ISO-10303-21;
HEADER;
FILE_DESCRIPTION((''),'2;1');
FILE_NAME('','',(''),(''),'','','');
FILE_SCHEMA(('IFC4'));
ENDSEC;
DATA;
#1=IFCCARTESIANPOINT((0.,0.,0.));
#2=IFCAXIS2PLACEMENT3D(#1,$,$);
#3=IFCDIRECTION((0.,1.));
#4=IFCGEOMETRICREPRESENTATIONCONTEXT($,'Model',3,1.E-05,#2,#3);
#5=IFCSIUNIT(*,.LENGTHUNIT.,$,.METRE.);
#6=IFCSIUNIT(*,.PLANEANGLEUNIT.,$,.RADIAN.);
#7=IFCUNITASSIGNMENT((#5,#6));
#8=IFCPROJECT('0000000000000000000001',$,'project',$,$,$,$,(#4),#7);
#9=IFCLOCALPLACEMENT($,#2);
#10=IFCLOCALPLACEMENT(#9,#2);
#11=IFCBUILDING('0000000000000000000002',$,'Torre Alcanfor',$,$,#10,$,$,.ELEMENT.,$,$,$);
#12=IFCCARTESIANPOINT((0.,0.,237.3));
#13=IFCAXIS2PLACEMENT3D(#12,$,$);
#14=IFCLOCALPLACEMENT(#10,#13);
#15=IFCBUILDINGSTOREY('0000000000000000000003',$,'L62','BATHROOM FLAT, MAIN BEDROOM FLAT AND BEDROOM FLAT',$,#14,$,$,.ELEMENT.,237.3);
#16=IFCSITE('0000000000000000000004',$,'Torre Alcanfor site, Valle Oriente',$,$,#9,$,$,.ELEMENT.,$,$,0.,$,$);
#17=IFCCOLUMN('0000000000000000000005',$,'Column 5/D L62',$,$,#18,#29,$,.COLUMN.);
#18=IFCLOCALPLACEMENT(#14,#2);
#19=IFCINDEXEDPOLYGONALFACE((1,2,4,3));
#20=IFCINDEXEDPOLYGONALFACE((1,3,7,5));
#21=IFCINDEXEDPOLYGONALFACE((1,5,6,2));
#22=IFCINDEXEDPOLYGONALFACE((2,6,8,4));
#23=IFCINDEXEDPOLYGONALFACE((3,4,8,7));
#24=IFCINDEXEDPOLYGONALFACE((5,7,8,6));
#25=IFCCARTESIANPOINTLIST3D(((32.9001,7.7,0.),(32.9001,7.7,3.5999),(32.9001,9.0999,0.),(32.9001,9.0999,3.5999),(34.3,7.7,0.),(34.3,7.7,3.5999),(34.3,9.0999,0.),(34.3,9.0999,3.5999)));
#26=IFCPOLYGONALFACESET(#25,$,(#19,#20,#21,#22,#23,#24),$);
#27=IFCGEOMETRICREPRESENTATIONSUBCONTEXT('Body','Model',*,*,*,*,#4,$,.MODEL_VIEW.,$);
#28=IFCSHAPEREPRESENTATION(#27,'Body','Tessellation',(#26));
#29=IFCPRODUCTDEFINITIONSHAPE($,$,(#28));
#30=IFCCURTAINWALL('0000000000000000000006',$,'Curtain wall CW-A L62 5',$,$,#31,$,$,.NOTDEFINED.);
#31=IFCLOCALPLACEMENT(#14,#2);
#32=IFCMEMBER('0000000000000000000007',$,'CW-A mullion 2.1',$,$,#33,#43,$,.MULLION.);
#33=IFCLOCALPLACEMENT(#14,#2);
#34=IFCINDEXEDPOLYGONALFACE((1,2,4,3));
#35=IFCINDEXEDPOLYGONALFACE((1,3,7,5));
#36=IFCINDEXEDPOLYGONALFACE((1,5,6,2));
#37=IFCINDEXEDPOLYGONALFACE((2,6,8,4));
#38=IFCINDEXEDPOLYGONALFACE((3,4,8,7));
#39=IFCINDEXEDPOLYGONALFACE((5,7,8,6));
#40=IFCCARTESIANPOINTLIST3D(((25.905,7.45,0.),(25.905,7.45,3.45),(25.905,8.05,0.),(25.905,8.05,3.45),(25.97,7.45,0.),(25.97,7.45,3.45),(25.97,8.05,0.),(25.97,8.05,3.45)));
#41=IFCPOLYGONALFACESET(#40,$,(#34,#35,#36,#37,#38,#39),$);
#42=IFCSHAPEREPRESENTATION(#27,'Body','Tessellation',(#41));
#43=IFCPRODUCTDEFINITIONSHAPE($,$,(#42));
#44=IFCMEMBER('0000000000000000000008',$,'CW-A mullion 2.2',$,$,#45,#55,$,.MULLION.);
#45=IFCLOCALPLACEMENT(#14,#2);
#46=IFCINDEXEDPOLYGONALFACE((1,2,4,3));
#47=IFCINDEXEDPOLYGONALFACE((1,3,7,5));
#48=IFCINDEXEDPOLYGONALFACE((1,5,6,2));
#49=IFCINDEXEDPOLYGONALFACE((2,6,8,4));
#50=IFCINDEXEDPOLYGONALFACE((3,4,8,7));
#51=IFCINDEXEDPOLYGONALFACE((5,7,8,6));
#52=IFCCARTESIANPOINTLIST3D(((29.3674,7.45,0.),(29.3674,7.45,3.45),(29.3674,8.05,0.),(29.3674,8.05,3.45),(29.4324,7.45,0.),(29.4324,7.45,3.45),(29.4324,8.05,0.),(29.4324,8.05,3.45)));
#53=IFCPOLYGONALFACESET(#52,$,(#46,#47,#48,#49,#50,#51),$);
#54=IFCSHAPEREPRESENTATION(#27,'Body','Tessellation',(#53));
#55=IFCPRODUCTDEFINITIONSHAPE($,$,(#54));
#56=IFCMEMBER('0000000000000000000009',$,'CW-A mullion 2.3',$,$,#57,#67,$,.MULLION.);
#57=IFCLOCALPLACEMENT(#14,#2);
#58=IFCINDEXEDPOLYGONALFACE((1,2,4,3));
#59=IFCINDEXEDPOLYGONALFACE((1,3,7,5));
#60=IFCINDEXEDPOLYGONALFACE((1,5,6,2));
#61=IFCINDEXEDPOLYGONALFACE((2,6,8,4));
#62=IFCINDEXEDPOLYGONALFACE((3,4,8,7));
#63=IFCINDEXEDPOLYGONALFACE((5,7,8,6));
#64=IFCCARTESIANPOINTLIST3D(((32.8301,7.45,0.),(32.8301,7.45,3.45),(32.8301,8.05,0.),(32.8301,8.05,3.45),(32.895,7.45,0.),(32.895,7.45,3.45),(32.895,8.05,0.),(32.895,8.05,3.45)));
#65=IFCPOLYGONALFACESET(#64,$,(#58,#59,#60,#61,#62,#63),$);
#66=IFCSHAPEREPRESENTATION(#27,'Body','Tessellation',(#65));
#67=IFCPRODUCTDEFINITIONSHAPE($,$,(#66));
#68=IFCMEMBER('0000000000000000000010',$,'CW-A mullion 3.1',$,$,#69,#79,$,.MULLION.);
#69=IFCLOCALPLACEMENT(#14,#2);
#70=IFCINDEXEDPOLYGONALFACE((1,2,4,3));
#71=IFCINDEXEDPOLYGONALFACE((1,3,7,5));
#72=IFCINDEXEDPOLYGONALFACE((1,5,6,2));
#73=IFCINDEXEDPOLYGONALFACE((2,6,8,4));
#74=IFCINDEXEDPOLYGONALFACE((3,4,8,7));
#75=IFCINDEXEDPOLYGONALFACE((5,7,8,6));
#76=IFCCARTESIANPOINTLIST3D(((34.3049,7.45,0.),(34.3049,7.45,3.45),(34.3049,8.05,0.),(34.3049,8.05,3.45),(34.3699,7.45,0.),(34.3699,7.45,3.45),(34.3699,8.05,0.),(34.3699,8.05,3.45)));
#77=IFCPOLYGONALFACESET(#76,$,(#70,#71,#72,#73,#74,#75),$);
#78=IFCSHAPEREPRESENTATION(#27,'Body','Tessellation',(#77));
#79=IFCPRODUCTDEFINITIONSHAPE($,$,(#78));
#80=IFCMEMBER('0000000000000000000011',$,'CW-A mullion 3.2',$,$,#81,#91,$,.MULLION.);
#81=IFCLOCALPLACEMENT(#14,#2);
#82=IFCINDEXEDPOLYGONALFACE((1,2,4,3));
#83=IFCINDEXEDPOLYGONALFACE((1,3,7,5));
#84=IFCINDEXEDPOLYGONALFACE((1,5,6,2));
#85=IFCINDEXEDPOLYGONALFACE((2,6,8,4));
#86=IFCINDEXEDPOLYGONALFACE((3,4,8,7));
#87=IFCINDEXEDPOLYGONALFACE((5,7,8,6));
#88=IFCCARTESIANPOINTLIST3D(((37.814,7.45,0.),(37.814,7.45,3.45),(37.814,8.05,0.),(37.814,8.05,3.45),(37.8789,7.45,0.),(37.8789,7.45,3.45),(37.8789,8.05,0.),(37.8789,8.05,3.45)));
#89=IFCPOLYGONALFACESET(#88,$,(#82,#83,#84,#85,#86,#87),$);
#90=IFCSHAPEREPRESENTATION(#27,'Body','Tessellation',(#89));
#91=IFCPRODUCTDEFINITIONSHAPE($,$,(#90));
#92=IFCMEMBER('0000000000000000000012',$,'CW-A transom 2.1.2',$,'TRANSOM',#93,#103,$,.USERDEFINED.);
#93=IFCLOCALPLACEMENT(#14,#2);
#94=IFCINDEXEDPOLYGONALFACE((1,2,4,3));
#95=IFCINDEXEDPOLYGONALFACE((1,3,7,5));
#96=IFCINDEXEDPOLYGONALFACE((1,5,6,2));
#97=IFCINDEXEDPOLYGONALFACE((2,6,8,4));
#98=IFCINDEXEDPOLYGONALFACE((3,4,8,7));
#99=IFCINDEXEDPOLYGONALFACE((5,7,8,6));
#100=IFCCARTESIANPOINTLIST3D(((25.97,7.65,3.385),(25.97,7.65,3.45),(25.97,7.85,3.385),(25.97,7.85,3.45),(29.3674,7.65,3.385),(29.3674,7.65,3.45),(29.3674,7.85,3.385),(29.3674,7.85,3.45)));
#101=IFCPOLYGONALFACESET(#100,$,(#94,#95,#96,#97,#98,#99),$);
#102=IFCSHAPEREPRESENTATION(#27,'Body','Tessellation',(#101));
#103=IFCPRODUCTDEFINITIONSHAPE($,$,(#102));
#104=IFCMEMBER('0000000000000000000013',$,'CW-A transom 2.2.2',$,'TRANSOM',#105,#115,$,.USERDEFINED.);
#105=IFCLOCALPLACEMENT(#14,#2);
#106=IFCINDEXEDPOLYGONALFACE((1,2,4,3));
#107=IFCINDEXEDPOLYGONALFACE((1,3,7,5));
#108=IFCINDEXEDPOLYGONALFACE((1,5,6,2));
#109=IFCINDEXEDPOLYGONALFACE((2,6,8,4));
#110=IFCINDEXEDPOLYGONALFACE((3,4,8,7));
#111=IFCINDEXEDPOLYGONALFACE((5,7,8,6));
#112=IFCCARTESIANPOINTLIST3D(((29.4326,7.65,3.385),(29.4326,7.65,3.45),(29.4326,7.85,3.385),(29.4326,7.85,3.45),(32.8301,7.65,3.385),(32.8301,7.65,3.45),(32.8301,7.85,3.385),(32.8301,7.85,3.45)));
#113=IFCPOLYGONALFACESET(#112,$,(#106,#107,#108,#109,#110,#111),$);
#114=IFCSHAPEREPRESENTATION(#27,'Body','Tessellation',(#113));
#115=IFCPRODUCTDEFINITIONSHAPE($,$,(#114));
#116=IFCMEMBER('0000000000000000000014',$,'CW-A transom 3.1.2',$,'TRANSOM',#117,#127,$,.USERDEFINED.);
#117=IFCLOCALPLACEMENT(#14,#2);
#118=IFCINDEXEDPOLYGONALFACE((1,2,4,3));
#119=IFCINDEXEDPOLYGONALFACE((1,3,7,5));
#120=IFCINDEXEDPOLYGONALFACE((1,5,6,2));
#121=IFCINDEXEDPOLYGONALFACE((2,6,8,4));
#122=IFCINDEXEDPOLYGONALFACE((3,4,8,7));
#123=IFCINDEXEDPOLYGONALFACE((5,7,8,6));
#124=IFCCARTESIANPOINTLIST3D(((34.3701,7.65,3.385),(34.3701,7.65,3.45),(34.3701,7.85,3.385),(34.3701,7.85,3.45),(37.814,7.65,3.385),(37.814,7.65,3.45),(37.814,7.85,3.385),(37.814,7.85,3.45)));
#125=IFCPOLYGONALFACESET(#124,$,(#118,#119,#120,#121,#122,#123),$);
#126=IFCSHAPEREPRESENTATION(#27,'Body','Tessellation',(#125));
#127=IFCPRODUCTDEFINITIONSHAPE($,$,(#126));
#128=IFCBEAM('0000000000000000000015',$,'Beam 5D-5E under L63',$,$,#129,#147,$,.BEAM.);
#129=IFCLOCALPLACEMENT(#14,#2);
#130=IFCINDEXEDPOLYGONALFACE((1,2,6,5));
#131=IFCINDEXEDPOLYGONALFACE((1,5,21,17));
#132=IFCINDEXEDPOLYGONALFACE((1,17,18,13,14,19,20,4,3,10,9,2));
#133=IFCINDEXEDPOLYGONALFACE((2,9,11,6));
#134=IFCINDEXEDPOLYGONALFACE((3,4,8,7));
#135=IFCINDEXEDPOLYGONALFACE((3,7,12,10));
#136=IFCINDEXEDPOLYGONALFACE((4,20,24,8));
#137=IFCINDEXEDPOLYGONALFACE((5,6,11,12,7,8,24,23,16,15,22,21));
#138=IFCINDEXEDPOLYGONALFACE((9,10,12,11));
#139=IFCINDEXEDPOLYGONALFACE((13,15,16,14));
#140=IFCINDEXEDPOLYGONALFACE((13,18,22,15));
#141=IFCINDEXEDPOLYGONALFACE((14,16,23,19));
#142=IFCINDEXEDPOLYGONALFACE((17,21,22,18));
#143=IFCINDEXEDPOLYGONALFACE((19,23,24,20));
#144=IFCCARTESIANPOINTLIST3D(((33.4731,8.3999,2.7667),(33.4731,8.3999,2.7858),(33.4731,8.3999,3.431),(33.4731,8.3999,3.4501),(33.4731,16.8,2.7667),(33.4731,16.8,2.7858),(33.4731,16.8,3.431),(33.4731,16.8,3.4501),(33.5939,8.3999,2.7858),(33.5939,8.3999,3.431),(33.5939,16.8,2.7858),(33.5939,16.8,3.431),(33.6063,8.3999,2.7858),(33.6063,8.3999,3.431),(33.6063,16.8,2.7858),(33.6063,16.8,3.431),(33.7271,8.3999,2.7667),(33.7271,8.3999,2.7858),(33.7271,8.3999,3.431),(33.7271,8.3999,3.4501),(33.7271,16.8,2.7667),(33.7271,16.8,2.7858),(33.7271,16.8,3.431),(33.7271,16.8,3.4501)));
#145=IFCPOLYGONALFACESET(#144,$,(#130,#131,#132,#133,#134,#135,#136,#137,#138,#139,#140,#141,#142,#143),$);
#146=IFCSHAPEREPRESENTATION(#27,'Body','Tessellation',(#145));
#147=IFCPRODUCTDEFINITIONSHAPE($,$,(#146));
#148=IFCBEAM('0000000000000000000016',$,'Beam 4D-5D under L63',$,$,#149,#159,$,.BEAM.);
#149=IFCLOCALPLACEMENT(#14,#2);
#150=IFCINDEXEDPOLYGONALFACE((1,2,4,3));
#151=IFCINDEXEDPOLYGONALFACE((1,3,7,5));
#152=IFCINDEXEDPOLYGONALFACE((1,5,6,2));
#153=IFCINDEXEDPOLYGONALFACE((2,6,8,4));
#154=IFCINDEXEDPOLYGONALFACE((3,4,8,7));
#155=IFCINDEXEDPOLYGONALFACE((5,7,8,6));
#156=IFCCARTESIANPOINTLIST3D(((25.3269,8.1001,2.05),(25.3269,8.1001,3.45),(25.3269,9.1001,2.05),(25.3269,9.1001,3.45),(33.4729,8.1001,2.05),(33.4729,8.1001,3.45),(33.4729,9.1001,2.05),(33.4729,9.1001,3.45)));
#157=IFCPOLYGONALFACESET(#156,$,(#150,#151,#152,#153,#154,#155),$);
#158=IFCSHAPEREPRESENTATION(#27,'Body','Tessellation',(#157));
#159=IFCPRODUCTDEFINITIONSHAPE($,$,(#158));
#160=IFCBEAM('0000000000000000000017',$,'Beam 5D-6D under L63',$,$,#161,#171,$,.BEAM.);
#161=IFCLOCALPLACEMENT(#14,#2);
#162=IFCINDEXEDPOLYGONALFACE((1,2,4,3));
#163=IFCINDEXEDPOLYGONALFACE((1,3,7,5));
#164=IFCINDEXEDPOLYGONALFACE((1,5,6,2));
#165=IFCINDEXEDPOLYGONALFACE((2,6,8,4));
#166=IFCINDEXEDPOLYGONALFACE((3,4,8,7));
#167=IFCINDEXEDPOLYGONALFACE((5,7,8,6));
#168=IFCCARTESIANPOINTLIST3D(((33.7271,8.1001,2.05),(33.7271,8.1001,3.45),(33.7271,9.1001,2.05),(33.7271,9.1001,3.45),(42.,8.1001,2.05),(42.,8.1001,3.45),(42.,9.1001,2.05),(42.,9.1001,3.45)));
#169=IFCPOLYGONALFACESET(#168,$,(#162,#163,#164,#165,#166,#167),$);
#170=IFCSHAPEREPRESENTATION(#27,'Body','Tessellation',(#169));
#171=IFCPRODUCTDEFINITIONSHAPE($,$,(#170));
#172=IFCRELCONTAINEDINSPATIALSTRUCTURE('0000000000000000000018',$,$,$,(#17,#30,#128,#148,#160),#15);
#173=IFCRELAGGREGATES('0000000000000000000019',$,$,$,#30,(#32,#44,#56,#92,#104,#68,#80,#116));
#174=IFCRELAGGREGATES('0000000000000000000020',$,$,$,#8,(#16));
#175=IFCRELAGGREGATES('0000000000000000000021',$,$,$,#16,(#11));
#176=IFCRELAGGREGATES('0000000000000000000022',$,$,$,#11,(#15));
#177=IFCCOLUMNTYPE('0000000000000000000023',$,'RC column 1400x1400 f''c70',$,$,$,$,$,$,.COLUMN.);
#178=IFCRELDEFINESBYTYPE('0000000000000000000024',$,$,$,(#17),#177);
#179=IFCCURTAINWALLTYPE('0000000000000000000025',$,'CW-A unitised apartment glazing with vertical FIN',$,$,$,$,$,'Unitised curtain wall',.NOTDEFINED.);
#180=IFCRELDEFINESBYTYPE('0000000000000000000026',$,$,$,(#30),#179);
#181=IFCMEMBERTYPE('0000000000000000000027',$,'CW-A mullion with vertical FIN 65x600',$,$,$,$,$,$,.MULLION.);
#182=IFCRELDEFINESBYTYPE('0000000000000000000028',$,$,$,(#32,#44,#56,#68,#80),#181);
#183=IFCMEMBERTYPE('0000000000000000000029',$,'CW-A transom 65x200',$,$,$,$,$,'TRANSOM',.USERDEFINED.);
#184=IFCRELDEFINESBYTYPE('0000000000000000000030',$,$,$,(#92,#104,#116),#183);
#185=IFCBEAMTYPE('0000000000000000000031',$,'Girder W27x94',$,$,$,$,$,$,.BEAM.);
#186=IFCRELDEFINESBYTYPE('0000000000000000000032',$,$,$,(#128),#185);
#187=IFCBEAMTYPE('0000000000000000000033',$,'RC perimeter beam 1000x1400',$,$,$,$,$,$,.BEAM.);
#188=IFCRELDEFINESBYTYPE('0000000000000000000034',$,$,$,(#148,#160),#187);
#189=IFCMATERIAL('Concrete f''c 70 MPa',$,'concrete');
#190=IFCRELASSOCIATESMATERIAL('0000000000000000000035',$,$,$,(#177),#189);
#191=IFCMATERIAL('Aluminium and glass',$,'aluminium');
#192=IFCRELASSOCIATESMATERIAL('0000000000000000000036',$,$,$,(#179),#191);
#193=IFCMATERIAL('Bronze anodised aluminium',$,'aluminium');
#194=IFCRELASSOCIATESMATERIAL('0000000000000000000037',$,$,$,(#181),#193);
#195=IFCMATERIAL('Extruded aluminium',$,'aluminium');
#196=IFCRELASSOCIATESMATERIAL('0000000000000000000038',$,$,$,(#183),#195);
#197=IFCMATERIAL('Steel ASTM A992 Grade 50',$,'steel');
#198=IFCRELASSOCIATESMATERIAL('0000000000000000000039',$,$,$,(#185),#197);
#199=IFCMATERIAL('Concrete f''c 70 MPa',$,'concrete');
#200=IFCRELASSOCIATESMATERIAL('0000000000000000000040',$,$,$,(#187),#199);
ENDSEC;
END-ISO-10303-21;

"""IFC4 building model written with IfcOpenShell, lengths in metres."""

from ifc_helpers import new_model, si_unit, direction, frame, origin, origin_2d, place, context, subcontext, project, spatial, rectangle, i_section, extrude, material, material_profile, profile_set, type_object, element, aggregate, save


model = new_model("IFC4")

# Units and contexts
model_context = context("Model", 3, precision=1e-05, world=origin(), true_north=direction((0.0, 1.0)))
body_context = subcontext(model_context, "Body", "Model", "MODEL_VIEW")
ifc_project = project(units=[si_unit("LENGTHUNIT", "METRE"), si_unit("PLANEANGLEUNIT", "RADIAN")], contexts=[model_context])

# Site, building, storey
site_placement = place(None, origin())
site = spatial("IfcSite", under=ifc_project, at=site_placement, Name="Torre Alcanfor site, Valle Oriente", CompositionType="ELEMENT", RefElevation=0.0)
building_placement = place(site_placement, origin())
building = spatial("IfcBuilding", under=site, at=building_placement, Name="Torre Alcanfor", CompositionType="ELEMENT")
storey_placement = place(building_placement, frame((0.0, 0.0, 237.3)))
storey = spatial("IfcBuildingStorey", under=building, at=storey_placement, Name="L62", Description="BATHROOM FLAT, MAIN BEDROOM FLAT AND BEDROOM FLAT", CompositionType="ELEMENT", Elevation=237.3)

# Column
ifc_material_1 = material(Name="Concrete f'c 70 MPa", Category="concrete")
ifc_material_profile_1 = material_profile(ifc_material_1, rectangle(XDim=1.3999, YDim=1.3999, at=origin_2d()), Name="1400x1400")
ifc_profile_set_1 = profile_set([ifc_material_profile_1], Name="Concrete f'c 70 MPa")
column_type = type_object("IfcColumnType", Name="RC column 1400x1400 f'c70", PredefinedType="COLUMN", material=ifc_profile_set_1)
column_placement = place(storey_placement, frame((33.6001, 8.3999, 0.0), z_axis=(0.0, 0.0, 1.0), x_axis=(1.0, 0.0, 0.0)))
element("IfcColumn", 1, at=column_placement, inside=storey, type_object=column_type, Name="Column 5/D L62", PredefinedType="COLUMN", context=body_context, shape_type="SweptSolid", body=[
    extrude(rectangle(XDim=1.3999, YDim=1.3999, at=origin_2d()), origin(), (0.0, 0.0, 1.0), 3.5999),
])

# Curtain wall, members
ifc_material_2 = material(Name="Aluminium and glass", Category="aluminium")
curtain_wall_type = type_object("IfcCurtainWallType", Name="CW-A unitised apartment glazing with vertical FIN", ElementType="Unitised curtain wall", PredefinedType="NOTDEFINED", material=ifc_material_2)
curtain_wall_placement = place(storey_placement, origin())
curtain_wall = element("IfcCurtainWall", 2, at=curtain_wall_placement, inside=storey, type_object=curtain_wall_type, Name="Curtain wall CW-A L62 5", PredefinedType="NOTDEFINED")
ifc_material_3 = material(Name="Bronze anodised aluminium", Category="aluminium")
ifc_material_profile_2 = material_profile(ifc_material_3, rectangle(XDim=0.6001, YDim=0.0649, at=origin_2d()), Name="CW-A mullion 65x600")
ifc_profile_set_2 = profile_set([ifc_material_profile_2], Name="Bronze anodised aluminium")
member_type_1 = type_object("IfcMemberType", Name="CW-A mullion with vertical FIN 65x600", PredefinedType="MULLION", material=ifc_profile_set_2)
member_1_placement = place(storey_placement, frame((25.9375, 7.75, 0.0), z_axis=(0.0, 0.0, 1.0), x_axis=(0.0, 1.0, 0.0)))
member_1 = element("IfcMember", 3, at=member_1_placement, type_object=member_type_1, Name="CW-A mullion 2.1", PredefinedType="MULLION", context=body_context, shape_type="SweptSolid", body=[
    extrude(rectangle(XDim=0.6001, YDim=0.0649, at=origin_2d()), origin(), (0.0, 0.0, 1.0), 3.45),
])
member_2_placement = place(storey_placement, frame((29.3999, 7.75, 0.0), z_axis=(0.0, 0.0, 1.0), x_axis=(0.0, 1.0, 0.0)))
member_2 = element("IfcMember", 4, at=member_2_placement, type_object=member_type_1, Name="CW-A mullion 2.2", PredefinedType="MULLION", context=body_context, shape_type="SweptSolid", body=[
    extrude(rectangle(XDim=0.6001, YDim=0.0649, at=origin_2d()), origin(), (0.0, 0.0, 1.0), 3.45),
])
member_3_placement = place(storey_placement, frame((32.8625, 7.75, 0.0), z_axis=(0.0, 0.0, 1.0), x_axis=(0.0, 1.0, 0.0)))
member_3 = element("IfcMember", 5, at=member_3_placement, type_object=member_type_1, Name="CW-A mullion 2.3", PredefinedType="MULLION", context=body_context, shape_type="SweptSolid", body=[
    extrude(rectangle(XDim=0.6001, YDim=0.0649, at=origin_2d()), origin(), (0.0, 0.0, 1.0), 3.45),
])
member_4_placement = place(storey_placement, frame((34.3374, 7.75, 0.0), z_axis=(0.0, 0.0, 1.0), x_axis=(0.0, 1.0, 0.0)))
member_4 = element("IfcMember", 6, at=member_4_placement, type_object=member_type_1, Name="CW-A mullion 3.1", PredefinedType="MULLION", context=body_context, shape_type="SweptSolid", body=[
    extrude(rectangle(XDim=0.6001, YDim=0.0649, at=origin_2d()), origin(), (0.0, 0.0, 1.0), 3.45),
])
member_5_placement = place(storey_placement, frame((37.8464, 7.75, 0.0), z_axis=(0.0, 0.0, 1.0), x_axis=(0.0, 1.0, 0.0)))
member_5 = element("IfcMember", 7, at=member_5_placement, type_object=member_type_1, Name="CW-A mullion 3.2", PredefinedType="MULLION", context=body_context, shape_type="SweptSolid", body=[
    extrude(rectangle(XDim=0.6001, YDim=0.0649, at=origin_2d()), origin(), (0.0, 0.0, 1.0), 3.45),
])
ifc_material_4 = material(Name="Extruded aluminium", Category="aluminium")
ifc_material_profile_3 = material_profile(ifc_material_4, rectangle(XDim=0.2, YDim=0.0649, at=origin_2d()), Name="CW-A transom 200x65")
ifc_profile_set_3 = profile_set([ifc_material_profile_3], Name="Extruded aluminium")
member_type_2 = type_object("IfcMemberType", Name="CW-A transom 65x200", ElementType="TRANSOM", PredefinedType="USERDEFINED", material=ifc_profile_set_3)
member_6_placement = place(storey_placement, frame((25.97, 7.75, 3.4175), z_axis=(1.0, 0.0, 0.0), x_axis=(0.0, 1.0, 0.0)))
member_6 = element("IfcMember", 8, at=member_6_placement, type_object=member_type_2, Name="CW-A transom 2.1.2", ObjectType="TRANSOM", PredefinedType="USERDEFINED", context=body_context, shape_type="SweptSolid", body=[
    extrude(rectangle(XDim=0.2, YDim=0.0649, at=origin_2d()), origin(), (0.0, 0.0, 1.0), 3.3975),
])
member_7_placement = place(storey_placement, frame((29.4326, 7.75, 3.4175), z_axis=(1.0, 0.0, 0.0), x_axis=(0.0, 1.0, 0.0)))
member_7 = element("IfcMember", 9, at=member_7_placement, type_object=member_type_2, Name="CW-A transom 2.2.2", ObjectType="TRANSOM", PredefinedType="USERDEFINED", context=body_context, shape_type="SweptSolid", body=[
    extrude(rectangle(XDim=0.2, YDim=0.0649, at=origin_2d()), origin(), (0.0, 0.0, 1.0), 3.3975),
])
member_8_placement = place(storey_placement, frame((34.3701, 7.75, 3.4175), z_axis=(1.0, 0.0, 0.0), x_axis=(0.0, 1.0, 0.0)))
member_8 = element("IfcMember", 10, at=member_8_placement, type_object=member_type_2, Name="CW-A transom 3.1.2", ObjectType="TRANSOM", PredefinedType="USERDEFINED", context=body_context, shape_type="SweptSolid", body=[
    extrude(rectangle(XDim=0.2, YDim=0.0649, at=origin_2d()), origin(), (0.0, 0.0, 1.0), 3.4438),
])

# Beams
ifc_material_5 = material(Name="Steel ASTM A992 Grade 50", Category="steel")
ifc_material_profile_4 = material_profile(ifc_material_5, i_section(OverallWidth=0.2539, OverallDepth=0.6833, WebThickness=0.0125, FlangeThickness=0.019, at=origin_2d()), Name="W27x94")
ifc_profile_set_4 = profile_set([ifc_material_profile_4], Name="Steel ASTM A992 Grade 50")
beam_type_1 = type_object("IfcBeamType", Name="Girder W27x94", PredefinedType="BEAM", material=ifc_profile_set_4)
beam_1_placement = place(storey_placement, frame((33.6001, 8.3999, 3.1084), z_axis=(0.0, 1.0, 0.0), x_axis=(-1.0, 0.0, 0.0)))
element("IfcBeam", 11, at=beam_1_placement, inside=storey, type_object=beam_type_1, Name="Beam 5D-5E under L63", PredefinedType="BEAM", context=body_context, shape_type="SweptSolid", body=[
    extrude(i_section(OverallWidth=0.2539, OverallDepth=0.6833, WebThickness=0.0125, FlangeThickness=0.019, at=origin_2d()), origin(), (0.0, 0.0, 1.0), 8.4001),
])
ifc_material_6 = material(Name="Concrete f'c 70 MPa", Category="concrete")
ifc_material_profile_5 = material_profile(ifc_material_6, rectangle(XDim=1.0, YDim=1.3999, at=origin_2d()), Name="1000x1400")
ifc_profile_set_5 = profile_set([ifc_material_profile_5], Name="Concrete f'c 70 MPa")
beam_type_2 = type_object("IfcBeamType", Name="RC perimeter beam 1000x1400", PredefinedType="BEAM", material=ifc_profile_set_5)
beam_2_placement = place(storey_placement, frame((25.3269, 8.6001, 2.75), z_axis=(1.0, 0.0, 0.0), x_axis=(0.0, 1.0, 0.0)))
element("IfcBeam", 12, at=beam_2_placement, inside=storey, type_object=beam_type_2, Name="Beam 4D-5D under L63", PredefinedType="BEAM", context=body_context, shape_type="SweptSolid", body=[
    extrude(rectangle(XDim=1.0, YDim=1.3999, at=origin_2d()), origin(), (0.0, 0.0, 1.0), 8.146),
])
beam_3_placement = place(storey_placement, frame((33.7271, 8.6001, 2.75), z_axis=(1.0, 0.0, 0.0), x_axis=(0.0, 1.0, 0.0)))
element("IfcBeam", 13, at=beam_3_placement, inside=storey, type_object=beam_type_2, Name="Beam 5D-6D under L63", PredefinedType="BEAM", context=body_context, shape_type="SweptSolid", body=[
    extrude(rectangle(XDim=1.0, YDim=1.3999, at=origin_2d()), origin(), (0.0, 0.0, 1.0), 8.2729),
])

aggregate(curtain_wall, [member_1, member_2, member_3, member_6, member_7, member_4, member_5, member_8])

save(model, "model.ifc")
